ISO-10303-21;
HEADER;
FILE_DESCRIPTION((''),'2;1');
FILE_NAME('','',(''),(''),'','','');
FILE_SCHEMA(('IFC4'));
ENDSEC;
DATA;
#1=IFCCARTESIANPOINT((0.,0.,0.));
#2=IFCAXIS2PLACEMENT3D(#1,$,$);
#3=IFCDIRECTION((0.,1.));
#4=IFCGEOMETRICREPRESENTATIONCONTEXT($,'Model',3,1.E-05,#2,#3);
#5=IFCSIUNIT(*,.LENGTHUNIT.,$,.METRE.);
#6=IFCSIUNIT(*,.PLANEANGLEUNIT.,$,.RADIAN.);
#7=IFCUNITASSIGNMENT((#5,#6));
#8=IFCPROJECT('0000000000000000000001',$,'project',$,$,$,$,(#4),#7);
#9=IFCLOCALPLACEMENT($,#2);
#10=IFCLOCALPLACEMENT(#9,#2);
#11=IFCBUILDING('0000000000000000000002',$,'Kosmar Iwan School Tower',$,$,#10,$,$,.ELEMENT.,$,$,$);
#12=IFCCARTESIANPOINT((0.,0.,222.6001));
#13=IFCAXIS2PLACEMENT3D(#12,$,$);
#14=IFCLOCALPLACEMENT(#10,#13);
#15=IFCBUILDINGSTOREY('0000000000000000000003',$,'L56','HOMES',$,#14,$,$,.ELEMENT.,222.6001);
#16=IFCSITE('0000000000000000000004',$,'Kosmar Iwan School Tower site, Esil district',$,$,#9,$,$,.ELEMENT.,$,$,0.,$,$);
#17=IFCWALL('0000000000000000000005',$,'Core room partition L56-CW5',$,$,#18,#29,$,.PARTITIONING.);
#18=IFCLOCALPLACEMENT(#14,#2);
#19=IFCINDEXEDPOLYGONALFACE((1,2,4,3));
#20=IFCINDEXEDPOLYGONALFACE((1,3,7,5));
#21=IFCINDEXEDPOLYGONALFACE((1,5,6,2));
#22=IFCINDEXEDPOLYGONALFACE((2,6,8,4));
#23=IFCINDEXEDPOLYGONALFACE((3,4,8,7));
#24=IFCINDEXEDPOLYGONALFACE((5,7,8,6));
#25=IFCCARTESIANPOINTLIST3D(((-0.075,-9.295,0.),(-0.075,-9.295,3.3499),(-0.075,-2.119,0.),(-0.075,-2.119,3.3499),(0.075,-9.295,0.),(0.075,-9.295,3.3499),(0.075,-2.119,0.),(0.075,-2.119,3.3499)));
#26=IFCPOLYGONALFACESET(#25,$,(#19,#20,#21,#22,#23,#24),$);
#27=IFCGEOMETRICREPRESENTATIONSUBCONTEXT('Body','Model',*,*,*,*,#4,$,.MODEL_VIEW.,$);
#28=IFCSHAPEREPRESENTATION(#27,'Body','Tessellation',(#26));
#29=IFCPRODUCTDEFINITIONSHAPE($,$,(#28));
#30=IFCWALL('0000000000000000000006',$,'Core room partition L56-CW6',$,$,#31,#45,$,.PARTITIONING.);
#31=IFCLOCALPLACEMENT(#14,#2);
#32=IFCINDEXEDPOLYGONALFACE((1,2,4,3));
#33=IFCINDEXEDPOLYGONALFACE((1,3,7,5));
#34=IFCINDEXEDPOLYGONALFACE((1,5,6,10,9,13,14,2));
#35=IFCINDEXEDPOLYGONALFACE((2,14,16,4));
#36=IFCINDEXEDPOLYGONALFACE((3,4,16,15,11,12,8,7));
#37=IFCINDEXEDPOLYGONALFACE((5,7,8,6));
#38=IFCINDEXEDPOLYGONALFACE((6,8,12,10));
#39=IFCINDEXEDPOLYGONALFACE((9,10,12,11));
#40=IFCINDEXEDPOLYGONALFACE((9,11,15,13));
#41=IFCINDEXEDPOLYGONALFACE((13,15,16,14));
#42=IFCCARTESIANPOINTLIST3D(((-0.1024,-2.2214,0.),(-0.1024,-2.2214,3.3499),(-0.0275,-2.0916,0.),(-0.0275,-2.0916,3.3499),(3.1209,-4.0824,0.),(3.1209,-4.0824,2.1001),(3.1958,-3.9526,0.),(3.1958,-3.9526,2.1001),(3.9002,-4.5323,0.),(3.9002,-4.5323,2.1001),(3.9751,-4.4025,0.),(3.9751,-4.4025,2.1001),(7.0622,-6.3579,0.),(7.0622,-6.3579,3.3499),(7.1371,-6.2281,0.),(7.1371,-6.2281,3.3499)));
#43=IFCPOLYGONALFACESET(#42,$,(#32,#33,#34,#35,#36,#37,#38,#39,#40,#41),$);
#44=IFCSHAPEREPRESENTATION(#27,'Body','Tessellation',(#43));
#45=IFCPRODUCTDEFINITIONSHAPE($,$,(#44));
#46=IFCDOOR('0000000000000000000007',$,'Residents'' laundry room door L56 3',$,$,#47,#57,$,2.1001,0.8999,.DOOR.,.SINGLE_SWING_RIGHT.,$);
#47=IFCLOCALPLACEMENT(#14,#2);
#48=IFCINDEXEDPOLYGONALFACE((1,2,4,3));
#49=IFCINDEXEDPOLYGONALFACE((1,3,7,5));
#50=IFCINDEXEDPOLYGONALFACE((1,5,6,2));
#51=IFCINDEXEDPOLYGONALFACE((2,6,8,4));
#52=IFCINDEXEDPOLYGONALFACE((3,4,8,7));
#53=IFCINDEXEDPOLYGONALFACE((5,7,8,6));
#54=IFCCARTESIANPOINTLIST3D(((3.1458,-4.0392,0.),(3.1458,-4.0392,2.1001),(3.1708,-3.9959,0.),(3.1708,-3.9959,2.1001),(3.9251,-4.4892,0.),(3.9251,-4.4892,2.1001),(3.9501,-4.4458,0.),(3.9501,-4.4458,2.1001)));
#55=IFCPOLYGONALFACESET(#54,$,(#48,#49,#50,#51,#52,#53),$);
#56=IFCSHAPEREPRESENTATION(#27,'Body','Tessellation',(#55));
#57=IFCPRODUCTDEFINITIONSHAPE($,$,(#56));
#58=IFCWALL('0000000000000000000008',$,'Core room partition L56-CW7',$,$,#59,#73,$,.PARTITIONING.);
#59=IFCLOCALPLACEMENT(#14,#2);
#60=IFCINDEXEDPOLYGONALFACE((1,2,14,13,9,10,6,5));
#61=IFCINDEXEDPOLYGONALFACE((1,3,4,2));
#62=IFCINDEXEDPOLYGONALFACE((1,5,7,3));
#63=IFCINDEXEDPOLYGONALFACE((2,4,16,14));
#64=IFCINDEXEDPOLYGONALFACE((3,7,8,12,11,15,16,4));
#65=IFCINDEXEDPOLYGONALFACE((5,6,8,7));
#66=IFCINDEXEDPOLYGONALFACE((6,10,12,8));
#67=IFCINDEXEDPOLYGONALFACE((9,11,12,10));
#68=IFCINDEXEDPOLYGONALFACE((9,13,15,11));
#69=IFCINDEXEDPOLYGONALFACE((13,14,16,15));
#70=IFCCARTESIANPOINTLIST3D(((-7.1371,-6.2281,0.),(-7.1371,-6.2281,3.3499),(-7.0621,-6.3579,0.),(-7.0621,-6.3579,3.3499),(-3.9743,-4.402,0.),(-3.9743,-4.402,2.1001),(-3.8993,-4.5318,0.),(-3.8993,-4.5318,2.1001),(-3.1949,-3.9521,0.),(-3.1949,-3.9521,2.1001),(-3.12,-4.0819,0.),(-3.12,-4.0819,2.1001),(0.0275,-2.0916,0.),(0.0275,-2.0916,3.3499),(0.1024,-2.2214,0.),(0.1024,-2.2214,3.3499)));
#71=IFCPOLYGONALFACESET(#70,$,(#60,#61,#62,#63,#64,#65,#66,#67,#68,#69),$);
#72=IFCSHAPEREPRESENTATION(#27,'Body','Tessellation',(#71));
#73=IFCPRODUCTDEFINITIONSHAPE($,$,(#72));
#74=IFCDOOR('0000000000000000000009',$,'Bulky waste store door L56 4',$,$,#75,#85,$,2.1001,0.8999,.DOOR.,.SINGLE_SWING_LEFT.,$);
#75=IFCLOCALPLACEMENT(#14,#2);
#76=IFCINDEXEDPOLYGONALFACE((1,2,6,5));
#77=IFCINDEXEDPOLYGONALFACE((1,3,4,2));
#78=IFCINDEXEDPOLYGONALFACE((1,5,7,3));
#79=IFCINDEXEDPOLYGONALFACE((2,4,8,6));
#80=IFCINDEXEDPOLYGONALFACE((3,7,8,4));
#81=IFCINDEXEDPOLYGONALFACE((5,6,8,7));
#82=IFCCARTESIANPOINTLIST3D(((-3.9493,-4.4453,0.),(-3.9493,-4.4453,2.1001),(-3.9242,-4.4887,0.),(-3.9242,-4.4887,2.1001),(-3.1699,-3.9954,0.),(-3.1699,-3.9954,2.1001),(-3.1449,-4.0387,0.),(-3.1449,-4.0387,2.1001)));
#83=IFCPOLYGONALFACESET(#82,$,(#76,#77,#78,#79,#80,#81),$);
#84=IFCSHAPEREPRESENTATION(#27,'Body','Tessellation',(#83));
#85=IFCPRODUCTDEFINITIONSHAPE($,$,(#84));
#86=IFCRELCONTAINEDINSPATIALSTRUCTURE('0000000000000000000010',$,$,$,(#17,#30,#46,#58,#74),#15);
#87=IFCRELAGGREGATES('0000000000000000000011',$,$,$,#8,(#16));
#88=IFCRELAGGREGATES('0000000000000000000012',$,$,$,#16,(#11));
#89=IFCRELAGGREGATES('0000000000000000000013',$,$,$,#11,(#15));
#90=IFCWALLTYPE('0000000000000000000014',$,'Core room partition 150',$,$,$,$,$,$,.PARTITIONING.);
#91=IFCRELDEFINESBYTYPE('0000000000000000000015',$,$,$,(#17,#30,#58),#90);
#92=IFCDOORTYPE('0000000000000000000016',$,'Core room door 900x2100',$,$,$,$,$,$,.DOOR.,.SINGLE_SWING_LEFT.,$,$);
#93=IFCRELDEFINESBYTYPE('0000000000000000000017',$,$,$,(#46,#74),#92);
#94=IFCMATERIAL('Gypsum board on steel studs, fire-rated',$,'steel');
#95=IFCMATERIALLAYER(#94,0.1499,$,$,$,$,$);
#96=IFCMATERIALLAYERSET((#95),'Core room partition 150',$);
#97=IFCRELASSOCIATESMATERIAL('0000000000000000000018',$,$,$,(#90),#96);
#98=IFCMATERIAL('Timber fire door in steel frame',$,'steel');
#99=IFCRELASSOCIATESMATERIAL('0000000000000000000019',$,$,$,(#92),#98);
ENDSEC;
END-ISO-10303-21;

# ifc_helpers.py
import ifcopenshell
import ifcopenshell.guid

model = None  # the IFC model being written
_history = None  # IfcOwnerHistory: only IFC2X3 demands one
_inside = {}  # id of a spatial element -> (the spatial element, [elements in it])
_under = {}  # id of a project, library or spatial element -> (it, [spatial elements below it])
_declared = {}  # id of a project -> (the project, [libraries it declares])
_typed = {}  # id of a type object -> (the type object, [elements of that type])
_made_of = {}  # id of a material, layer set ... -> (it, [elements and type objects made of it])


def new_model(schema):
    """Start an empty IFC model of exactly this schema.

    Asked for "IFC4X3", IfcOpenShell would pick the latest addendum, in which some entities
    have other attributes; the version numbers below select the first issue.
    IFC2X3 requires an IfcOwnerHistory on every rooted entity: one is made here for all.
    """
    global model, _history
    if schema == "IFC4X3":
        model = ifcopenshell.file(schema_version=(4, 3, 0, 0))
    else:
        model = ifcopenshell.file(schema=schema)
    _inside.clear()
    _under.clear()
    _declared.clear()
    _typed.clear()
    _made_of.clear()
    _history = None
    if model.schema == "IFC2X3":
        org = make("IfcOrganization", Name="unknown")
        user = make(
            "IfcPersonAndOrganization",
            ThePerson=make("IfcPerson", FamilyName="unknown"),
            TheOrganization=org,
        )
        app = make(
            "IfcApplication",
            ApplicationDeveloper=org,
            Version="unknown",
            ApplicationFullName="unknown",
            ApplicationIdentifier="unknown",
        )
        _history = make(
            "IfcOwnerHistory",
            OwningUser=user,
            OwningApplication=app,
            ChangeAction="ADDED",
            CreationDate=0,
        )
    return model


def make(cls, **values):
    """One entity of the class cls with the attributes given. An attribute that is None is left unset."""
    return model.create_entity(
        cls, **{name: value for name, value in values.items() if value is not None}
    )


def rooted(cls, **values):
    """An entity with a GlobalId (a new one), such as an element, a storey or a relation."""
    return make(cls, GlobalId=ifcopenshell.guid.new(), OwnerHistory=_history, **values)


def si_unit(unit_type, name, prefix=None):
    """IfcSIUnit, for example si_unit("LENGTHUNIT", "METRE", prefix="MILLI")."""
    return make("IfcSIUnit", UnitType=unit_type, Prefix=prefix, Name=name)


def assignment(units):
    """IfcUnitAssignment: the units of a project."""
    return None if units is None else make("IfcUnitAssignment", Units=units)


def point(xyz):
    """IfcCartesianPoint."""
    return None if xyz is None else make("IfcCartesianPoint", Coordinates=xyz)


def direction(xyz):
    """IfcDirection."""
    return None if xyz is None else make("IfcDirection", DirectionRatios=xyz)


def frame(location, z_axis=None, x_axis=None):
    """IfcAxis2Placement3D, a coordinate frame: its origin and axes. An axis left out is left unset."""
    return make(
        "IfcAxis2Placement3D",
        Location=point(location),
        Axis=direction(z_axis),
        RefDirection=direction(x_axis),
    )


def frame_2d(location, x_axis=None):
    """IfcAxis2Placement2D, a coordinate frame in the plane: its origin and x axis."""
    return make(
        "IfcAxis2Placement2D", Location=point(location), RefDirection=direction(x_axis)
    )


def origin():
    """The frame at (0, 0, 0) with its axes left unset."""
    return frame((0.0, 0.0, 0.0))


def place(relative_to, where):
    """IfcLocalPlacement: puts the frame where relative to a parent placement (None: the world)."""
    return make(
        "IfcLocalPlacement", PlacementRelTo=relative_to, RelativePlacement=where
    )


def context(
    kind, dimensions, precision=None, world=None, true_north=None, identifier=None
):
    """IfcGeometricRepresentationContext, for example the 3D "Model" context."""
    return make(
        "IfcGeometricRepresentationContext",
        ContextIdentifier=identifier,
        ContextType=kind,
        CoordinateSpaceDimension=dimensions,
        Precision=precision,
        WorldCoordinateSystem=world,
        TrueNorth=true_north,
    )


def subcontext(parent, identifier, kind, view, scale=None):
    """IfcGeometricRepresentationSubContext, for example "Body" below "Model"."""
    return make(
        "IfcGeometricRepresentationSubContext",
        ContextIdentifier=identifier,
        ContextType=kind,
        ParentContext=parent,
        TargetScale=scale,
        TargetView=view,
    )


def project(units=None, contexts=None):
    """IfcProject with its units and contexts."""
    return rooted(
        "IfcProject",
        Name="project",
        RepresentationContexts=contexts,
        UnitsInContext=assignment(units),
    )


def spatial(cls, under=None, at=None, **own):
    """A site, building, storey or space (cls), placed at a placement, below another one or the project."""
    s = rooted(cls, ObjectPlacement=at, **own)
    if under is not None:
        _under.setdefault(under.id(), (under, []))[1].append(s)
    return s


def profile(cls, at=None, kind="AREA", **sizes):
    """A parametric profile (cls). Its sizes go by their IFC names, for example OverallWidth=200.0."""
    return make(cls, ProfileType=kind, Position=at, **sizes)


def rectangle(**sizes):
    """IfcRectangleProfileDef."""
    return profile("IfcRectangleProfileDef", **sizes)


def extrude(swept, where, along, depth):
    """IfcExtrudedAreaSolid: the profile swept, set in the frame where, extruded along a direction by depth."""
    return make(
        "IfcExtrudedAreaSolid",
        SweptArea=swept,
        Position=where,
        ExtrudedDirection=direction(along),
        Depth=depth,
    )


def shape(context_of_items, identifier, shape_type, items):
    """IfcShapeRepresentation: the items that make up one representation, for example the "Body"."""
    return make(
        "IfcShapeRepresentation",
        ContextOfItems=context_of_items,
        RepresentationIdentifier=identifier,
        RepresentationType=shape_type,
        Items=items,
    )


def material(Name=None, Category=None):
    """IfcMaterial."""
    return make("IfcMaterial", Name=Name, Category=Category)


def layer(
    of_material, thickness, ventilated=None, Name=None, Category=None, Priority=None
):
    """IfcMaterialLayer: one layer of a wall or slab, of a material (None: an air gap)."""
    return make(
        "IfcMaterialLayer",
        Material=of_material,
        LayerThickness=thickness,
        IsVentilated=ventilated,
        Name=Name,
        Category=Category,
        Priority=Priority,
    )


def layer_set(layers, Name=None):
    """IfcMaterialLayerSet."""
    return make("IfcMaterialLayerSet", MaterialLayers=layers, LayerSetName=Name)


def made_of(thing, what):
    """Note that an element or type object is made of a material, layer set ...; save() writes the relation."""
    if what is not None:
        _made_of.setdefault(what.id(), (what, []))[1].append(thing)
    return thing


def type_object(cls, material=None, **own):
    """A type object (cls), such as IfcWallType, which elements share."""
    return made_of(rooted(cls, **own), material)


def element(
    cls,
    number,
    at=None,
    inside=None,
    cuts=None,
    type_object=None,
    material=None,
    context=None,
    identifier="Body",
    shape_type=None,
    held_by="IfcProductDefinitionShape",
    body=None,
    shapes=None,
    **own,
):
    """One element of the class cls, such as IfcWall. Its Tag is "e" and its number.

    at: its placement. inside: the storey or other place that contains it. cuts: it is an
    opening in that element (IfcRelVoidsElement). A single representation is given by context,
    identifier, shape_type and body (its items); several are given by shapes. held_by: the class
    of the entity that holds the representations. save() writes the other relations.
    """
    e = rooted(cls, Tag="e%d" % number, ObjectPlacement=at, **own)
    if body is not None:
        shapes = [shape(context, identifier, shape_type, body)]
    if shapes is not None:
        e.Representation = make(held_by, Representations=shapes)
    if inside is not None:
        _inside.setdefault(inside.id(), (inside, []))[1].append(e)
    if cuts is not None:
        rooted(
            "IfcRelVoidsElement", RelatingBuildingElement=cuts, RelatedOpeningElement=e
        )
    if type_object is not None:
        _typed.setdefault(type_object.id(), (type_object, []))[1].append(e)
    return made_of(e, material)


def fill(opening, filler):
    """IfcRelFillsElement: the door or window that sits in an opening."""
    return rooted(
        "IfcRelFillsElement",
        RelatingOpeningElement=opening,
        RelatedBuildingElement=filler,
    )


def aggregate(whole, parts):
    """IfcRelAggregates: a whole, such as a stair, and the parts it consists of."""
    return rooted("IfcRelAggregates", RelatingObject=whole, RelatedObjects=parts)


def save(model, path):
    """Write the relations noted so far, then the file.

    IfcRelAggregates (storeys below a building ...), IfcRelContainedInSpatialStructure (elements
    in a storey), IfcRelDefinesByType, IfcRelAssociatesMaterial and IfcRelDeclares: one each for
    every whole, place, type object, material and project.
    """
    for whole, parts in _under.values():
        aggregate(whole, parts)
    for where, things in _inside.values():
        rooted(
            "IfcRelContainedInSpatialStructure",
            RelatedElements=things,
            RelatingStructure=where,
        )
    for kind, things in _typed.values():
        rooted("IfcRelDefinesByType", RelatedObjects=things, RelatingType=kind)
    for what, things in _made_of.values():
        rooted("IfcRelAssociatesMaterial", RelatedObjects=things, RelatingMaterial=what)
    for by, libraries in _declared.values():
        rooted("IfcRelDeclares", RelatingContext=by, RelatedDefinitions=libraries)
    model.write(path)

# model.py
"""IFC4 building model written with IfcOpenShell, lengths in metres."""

from ifc_helpers import new_model, si_unit, direction, frame, frame_2d, origin, place, context, subcontext, project, spatial, rectangle, extrude, material, layer, layer_set, type_object, element, fill, save


model = new_model("IFC4")

# Units and contexts
model_context = context("Model", 3, precision=1e-05, world=origin(), true_north=direction((0.0, 1.0)))
body_context = subcontext(model_context, "Body", "Model", "MODEL_VIEW")
ifc_project = project(units=[si_unit("LENGTHUNIT", "METRE"), si_unit("PLANEANGLEUNIT", "RADIAN")], contexts=[model_context])

# Site, building, storey
site_placement = place(None, origin())
site = spatial("IfcSite", under=ifc_project, at=site_placement, Name="Kosmar Iwan School Tower site, Esil district", CompositionType="ELEMENT", RefElevation=0.0)
building_placement = place(site_placement, origin())
building = spatial("IfcBuilding", under=site, at=building_placement, Name="Kosmar Iwan School Tower", CompositionType="ELEMENT")
storey_placement = place(building_placement, frame((0.0, 0.0, 222.6001)))
storey = spatial("IfcBuildingStorey", under=building, at=storey_placement, Name="L56", Description="HOMES", CompositionType="ELEMENT", Elevation=222.6001)

# Wall
ifc_material_1 = material(Name="Gypsum board on steel studs, fire-rated", Category="steel")
ifc_layer_1 = layer(ifc_material_1, 0.1499)
ifc_layer_set_1 = layer_set([ifc_layer_1], Name="Core room partition 150")
wall_type_1 = type_object("IfcWallType", Name="Core room partition 150", PredefinedType="PARTITIONING", material=ifc_layer_set_1)
wall_1_placement = place(storey_placement, frame((0.0, -9.2949, 0.0), z_axis=(0.0, 0.0, 1.0), x_axis=(0.0, 1.0, 0.0)))
element("IfcWall", 1, at=wall_1_placement, inside=storey, type_object=wall_type_1, Name="Core room partition L56-CW5", PredefinedType="PARTITIONING", context=body_context, shape_type="SweptSolid", body=[
    extrude(rectangle(XDim=7.176, YDim=0.1499, at=frame_2d((3.5879, 0.0))), origin(), (0.0, 0.0, 1.0), 3.3499),
])

# Walls, openings, doors
wall_2_placement = place(storey_placement, frame((-0.0649, -2.1565, 0.0), z_axis=(0.0, 0.0, 1.0), x_axis=(0.866024, -0.500002, 0.0)))
wall_2 = element("IfcWall", 2, at=wall_2_placement, inside=storey, type_object=wall_type_1, Name="Core room partition L56-CW6", PredefinedType="PARTITIONING", context=body_context, shape_type="SweptSolid", body=[
    extrude(rectangle(XDim=8.2729, YDim=0.1499, at=frame_2d((4.1365, 0.0))), origin(), (0.0, 0.0, 1.0), 3.3499),
])
opening_1_placement = place(wall_2_placement, frame((3.7219, 0.0, 0.0)))
opening_1 = element("IfcOpeningElement", 3, at=opening_1_placement, cuts=wall_2, PredefinedType="OPENING", context=body_context, shape_type="SweptSolid", body=[
    extrude(rectangle(XDim=0.8999, YDim=2.1001, at=frame_2d((0.45, 1.05))), frame((0.0, 0.0869, 0.0), z_axis=(0.0, -1.0, 0.0), x_axis=(1.0, 0.0, 0.0)), (0.0, 0.0, 1.0), 0.1738),
])
ifc_material_2 = material(Name="Timber fire door in steel frame", Category="steel")
door_type_1 = type_object("IfcDoorType", Name="Core room door 900x2100", OperationType="SINGLE_SWING_LEFT", PredefinedType="DOOR", material=ifc_material_2)
door_1_placement = place(opening_1_placement, origin())
door_1 = element("IfcDoor", 4, at=door_1_placement, inside=storey, type_object=door_type_1, Name="Residents' laundry room door L56 3", OperationType="SINGLE_SWING_RIGHT", OverallHeight=2.1001, OverallWidth=0.8999, PredefinedType="DOOR", context=body_context, shape_type="SweptSolid", body=[
    extrude(rectangle(XDim=0.8999, YDim=2.1001, at=frame_2d((0.45, 1.05))), frame((0.0, 0.0249, 0.0), z_axis=(0.0, -1.0, 0.0), x_axis=(1.0, 0.0, 0.0)), (0.0, 0.0, 1.0), 0.05),
])
fill(opening_1, door_1)
wall_3_placement = place(storey_placement, frame((-7.0996, -6.293, 0.0), z_axis=(0.0, 0.0, 1.0), x_axis=(0.866024, 0.500002, 0.0)))
wall_3 = element("IfcWall", 5, at=wall_3_placement, inside=storey, type_object=wall_type_1, Name="Core room partition L56-CW7", PredefinedType="PARTITIONING", context=body_context, shape_type="SweptSolid", body=[
    extrude(rectangle(XDim=8.2729, YDim=0.1499, at=frame_2d((4.1365, 0.0))), origin(), (0.0, 0.0, 1.0), 3.3499),
])
opening_2_placement = place(wall_3_placement, frame((3.6521, 0.0, 0.0)))
opening_2 = element("IfcOpeningElement", 6, at=opening_2_placement, cuts=wall_3, PredefinedType="OPENING", context=body_context, shape_type="SweptSolid", body=[
    extrude(rectangle(XDim=0.8999, YDim=2.1001, at=frame_2d((0.45, 1.05))), frame((0.0, 0.0869, 0.0), z_axis=(0.0, -1.0, 0.0), x_axis=(1.0, 0.0, 0.0)), (0.0, 0.0, 1.0), 0.1738),
])
door_2_placement = place(opening_2_placement, origin())
door_2 = element("IfcDoor", 7, at=door_2_placement, inside=storey, type_object=door_type_1, Name="Bulky waste store door L56 4", OperationType="SINGLE_SWING_LEFT", OverallHeight=2.1001, OverallWidth=0.8999, PredefinedType="DOOR", context=body_context, shape_type="SweptSolid", body=[
    extrude(rectangle(XDim=0.8999, YDim=2.1001, at=frame_2d((0.45, 1.05))), frame((0.0, 0.0249, 0.0), z_axis=(0.0, -1.0, 0.0), x_axis=(1.0, 0.0, 0.0)), (0.0, 0.0, 1.0), 0.05),
])
fill(opening_2, door_2)

save(model, "model.ifc")
